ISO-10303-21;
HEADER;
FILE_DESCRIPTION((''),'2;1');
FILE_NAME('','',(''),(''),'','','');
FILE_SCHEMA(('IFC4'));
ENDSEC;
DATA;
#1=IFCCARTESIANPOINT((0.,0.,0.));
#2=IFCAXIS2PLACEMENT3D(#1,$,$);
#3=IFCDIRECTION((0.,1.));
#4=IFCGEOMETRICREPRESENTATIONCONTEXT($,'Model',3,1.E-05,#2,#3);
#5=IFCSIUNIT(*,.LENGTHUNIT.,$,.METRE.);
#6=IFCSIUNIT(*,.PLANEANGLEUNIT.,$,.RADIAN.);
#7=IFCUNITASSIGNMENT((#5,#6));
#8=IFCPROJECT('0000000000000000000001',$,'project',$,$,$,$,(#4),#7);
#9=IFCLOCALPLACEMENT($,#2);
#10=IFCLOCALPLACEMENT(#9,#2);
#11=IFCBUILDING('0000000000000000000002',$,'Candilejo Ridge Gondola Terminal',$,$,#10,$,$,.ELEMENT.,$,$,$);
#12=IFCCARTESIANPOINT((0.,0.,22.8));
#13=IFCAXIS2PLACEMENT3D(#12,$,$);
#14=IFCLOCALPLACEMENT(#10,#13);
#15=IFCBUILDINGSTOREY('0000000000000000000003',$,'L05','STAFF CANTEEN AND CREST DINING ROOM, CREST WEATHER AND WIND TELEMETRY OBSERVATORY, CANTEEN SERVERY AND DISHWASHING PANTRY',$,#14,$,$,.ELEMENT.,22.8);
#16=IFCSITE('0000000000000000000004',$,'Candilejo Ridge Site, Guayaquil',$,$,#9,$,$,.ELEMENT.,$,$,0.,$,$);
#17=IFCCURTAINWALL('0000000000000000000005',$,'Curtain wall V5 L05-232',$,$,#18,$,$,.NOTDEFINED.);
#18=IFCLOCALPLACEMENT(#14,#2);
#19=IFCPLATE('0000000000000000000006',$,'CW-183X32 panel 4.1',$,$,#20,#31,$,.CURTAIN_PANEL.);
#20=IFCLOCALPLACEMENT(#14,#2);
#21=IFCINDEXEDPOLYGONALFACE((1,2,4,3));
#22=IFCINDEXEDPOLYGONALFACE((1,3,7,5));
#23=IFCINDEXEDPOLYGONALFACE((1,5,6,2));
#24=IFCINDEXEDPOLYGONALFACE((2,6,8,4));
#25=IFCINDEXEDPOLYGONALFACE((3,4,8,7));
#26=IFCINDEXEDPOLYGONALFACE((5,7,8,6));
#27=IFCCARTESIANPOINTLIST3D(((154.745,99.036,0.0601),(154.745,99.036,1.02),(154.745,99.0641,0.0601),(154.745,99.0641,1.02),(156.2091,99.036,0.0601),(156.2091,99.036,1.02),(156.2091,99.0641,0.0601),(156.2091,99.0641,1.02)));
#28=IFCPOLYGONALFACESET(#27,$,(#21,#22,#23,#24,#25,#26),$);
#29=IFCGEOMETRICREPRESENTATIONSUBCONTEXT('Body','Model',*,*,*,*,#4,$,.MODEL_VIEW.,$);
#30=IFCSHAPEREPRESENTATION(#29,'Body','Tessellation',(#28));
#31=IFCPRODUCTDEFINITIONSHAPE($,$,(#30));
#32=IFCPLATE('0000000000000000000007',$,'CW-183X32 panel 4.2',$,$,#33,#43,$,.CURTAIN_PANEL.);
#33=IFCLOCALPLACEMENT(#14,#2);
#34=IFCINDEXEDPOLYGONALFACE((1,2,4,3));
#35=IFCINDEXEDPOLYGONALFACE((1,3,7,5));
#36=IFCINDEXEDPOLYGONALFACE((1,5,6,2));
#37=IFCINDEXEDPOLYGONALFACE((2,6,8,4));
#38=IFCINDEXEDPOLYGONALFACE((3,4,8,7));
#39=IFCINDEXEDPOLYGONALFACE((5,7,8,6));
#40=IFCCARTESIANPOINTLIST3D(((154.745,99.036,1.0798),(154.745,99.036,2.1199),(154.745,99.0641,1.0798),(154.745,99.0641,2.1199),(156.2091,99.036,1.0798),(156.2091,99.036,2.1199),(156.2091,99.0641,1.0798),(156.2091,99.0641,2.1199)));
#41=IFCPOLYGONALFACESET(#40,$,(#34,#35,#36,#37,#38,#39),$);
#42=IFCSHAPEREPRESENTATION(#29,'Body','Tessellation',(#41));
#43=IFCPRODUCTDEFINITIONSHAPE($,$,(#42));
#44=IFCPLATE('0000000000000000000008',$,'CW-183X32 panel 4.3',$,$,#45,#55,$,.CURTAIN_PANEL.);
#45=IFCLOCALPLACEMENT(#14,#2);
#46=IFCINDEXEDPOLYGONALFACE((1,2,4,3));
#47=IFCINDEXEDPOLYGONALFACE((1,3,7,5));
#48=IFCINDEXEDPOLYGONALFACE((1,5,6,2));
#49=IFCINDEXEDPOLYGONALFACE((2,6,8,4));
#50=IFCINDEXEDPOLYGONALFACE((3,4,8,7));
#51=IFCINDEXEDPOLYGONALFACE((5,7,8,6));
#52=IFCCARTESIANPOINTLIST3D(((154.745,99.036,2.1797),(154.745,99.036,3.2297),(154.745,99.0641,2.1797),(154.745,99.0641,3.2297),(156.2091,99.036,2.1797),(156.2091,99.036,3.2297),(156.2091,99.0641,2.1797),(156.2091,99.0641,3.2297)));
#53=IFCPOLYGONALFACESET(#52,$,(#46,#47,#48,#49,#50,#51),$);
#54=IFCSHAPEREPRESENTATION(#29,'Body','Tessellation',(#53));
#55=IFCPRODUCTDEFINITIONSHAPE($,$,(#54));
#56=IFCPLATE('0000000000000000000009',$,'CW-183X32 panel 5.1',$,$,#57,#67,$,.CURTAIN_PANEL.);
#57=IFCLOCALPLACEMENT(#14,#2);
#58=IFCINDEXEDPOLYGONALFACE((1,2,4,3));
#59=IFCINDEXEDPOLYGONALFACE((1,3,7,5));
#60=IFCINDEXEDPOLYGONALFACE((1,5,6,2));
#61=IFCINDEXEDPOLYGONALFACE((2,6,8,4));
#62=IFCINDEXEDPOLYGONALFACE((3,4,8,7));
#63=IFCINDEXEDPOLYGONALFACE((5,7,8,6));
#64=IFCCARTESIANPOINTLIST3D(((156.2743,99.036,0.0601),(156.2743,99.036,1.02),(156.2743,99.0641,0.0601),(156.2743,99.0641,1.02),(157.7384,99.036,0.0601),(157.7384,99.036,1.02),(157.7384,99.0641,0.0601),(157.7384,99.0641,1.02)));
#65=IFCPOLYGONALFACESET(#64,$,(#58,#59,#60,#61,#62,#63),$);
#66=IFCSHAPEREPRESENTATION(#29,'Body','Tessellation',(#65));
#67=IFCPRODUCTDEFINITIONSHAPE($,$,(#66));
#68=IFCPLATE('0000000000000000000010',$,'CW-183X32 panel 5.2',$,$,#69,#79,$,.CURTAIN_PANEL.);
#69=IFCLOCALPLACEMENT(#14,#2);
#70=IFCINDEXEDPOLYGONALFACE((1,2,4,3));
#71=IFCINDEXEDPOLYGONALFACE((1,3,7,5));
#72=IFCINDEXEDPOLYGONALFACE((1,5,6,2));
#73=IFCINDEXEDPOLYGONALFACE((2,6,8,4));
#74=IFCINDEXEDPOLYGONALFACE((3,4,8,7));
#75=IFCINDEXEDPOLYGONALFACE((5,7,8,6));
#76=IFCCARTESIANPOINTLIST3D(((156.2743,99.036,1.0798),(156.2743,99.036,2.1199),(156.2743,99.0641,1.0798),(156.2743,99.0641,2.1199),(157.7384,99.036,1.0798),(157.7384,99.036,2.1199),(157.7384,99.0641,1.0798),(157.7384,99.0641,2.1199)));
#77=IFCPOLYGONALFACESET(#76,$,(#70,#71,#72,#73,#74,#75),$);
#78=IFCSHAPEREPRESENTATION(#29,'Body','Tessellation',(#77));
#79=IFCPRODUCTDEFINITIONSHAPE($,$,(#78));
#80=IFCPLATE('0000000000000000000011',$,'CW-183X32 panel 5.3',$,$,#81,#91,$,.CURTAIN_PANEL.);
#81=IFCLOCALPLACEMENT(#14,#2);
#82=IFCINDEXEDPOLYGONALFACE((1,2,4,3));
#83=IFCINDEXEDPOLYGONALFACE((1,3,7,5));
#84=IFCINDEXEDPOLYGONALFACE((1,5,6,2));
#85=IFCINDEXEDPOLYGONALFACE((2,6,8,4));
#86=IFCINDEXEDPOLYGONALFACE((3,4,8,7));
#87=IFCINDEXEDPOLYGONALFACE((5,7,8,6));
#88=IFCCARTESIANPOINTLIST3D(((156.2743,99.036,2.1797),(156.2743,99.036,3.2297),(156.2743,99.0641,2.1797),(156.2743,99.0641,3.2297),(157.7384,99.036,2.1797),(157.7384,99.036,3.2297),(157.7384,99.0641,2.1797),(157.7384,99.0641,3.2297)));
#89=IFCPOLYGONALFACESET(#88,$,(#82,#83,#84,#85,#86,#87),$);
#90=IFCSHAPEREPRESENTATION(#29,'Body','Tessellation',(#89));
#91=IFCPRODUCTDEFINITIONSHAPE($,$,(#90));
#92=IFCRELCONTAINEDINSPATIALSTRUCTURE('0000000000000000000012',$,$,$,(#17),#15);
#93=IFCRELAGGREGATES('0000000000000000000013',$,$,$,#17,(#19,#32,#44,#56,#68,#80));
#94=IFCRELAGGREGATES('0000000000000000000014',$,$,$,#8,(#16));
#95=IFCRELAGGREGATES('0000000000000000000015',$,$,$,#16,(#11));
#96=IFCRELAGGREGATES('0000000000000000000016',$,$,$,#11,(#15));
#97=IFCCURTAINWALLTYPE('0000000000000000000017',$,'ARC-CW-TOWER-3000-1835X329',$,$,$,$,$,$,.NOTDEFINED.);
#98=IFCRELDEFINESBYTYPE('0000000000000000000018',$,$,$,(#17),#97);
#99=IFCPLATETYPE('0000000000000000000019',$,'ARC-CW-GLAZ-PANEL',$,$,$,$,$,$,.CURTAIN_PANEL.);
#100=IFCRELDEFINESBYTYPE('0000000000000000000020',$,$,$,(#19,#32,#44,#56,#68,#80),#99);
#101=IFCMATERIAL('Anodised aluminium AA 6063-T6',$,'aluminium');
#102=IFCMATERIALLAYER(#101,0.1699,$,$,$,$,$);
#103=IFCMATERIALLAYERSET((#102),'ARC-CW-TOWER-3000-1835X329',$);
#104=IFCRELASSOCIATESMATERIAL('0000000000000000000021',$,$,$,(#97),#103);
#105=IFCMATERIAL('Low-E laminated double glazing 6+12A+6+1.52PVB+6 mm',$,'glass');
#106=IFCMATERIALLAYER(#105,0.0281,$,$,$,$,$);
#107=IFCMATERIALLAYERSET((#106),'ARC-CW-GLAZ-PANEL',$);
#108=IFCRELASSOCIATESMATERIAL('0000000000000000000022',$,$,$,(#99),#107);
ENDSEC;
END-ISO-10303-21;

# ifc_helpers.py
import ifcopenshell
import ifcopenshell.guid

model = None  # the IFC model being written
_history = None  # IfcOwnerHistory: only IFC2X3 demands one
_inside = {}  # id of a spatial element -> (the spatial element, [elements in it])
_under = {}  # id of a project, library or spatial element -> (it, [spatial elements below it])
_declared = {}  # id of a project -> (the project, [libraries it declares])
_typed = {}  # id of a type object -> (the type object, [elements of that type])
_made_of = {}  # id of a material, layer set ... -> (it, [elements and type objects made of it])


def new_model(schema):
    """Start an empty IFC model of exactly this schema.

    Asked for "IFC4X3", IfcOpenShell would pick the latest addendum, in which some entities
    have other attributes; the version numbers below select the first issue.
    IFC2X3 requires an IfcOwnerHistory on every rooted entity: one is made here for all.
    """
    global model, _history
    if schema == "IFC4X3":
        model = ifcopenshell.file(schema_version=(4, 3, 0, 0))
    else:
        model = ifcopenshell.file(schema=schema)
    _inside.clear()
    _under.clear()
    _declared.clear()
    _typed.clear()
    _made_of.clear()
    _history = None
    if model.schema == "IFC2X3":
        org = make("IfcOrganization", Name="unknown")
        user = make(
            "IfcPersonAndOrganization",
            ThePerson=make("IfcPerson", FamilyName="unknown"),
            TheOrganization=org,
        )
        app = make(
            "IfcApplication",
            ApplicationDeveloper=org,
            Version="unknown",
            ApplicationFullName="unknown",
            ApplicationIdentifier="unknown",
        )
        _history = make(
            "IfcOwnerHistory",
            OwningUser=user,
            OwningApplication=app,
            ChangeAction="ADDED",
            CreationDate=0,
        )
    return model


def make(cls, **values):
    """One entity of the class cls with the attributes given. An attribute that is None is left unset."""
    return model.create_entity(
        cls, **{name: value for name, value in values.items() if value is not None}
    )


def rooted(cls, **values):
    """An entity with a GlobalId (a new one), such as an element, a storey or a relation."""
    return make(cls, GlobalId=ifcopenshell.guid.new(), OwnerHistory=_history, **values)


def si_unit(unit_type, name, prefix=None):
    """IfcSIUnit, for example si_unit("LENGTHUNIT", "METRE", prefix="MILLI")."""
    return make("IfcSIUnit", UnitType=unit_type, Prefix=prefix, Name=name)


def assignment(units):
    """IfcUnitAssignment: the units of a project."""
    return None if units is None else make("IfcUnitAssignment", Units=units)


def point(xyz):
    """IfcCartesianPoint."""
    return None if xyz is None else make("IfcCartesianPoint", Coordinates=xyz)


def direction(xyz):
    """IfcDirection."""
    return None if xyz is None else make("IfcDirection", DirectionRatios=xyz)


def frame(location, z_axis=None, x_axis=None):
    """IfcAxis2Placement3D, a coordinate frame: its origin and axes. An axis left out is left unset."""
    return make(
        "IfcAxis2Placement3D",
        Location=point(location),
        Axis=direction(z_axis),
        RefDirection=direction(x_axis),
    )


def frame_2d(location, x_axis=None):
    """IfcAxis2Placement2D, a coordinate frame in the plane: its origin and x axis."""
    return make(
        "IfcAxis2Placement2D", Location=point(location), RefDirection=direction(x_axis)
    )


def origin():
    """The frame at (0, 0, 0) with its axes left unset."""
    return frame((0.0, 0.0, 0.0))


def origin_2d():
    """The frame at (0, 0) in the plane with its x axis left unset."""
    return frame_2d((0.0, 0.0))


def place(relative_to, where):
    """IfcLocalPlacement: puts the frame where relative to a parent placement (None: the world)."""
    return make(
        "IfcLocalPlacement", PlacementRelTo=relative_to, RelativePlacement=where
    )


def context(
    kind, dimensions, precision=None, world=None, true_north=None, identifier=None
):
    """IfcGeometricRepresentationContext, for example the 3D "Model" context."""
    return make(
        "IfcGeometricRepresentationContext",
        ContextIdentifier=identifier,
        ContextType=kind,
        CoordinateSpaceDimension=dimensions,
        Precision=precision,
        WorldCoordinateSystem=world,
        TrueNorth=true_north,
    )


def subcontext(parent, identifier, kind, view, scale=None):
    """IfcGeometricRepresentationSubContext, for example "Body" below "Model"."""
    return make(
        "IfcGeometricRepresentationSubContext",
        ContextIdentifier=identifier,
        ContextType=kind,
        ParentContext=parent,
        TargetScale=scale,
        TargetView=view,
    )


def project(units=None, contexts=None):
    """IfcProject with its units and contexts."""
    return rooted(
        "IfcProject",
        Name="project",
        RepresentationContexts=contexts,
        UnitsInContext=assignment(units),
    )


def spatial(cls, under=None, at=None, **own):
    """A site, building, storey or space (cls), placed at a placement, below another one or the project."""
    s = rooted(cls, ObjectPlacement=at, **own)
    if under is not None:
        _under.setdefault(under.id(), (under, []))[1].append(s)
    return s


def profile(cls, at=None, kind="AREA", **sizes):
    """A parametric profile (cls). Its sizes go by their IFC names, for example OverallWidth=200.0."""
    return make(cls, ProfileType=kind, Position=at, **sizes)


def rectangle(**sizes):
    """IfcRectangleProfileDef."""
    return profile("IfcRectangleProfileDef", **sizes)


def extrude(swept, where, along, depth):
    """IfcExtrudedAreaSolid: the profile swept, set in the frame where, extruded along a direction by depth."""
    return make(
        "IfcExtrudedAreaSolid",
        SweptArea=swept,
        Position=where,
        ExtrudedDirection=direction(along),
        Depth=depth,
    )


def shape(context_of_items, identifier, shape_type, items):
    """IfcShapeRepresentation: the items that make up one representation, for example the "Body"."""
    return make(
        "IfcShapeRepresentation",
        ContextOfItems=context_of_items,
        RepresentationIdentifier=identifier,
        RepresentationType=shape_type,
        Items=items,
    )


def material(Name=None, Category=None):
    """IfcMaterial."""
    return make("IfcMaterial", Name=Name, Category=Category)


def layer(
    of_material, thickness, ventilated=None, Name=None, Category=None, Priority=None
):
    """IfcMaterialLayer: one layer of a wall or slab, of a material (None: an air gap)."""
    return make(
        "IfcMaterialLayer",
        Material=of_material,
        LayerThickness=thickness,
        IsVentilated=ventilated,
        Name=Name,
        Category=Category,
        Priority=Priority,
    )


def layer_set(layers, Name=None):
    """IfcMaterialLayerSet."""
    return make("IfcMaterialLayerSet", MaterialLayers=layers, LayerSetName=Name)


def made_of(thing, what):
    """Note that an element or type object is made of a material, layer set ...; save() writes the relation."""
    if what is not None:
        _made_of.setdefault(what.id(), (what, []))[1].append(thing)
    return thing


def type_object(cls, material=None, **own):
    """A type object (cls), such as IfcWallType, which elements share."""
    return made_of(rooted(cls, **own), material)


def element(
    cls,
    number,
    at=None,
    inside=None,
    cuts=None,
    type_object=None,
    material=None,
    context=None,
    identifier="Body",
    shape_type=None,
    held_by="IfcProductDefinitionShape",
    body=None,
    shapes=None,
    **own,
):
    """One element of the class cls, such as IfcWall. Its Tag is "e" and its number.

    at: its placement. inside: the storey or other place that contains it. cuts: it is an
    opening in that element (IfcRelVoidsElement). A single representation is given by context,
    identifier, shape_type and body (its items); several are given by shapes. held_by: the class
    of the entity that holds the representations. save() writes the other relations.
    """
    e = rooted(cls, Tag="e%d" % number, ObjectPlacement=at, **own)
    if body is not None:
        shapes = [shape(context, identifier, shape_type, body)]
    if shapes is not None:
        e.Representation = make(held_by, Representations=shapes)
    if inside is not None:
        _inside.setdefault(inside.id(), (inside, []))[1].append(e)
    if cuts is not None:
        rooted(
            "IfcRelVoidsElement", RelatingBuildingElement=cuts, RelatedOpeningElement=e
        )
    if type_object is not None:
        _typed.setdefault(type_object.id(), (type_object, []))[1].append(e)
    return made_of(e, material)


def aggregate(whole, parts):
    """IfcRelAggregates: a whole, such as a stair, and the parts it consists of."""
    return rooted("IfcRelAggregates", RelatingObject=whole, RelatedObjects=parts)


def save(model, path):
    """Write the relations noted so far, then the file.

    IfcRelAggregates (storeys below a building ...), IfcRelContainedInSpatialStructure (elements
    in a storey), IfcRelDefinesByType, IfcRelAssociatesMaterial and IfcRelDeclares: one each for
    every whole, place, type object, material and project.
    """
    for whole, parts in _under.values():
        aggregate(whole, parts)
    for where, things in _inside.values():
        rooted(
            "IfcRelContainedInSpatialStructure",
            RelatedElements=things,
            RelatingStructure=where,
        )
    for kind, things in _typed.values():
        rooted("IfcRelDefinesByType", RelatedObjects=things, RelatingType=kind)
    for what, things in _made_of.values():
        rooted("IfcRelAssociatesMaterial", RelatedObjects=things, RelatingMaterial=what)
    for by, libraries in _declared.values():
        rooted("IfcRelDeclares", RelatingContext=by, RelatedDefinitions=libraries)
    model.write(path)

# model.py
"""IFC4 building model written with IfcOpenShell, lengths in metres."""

from ifc_helpers import new_model, si_unit, direction, frame, origin, origin_2d, place, context, subcontext, project, spatial, rectangle, extrude, material, layer, layer_set, type_object, element, aggregate, save


model = new_model("IFC4")

# Units and contexts
model_context = context("Model", 3, precision=1e-05, world=origin(), true_north=direction((0.0, 1.0)))
body_context = subcontext(model_context, "Body", "Model", "MODEL_VIEW")
ifc_project = project(units=[si_unit("LENGTHUNIT", "METRE"), si_unit("PLANEANGLEUNIT", "RADIAN")], contexts=[model_context])

# Site, building, storey
site_placement = place(None, origin())
site = spatial("IfcSite", under=ifc_project, at=site_placement, Name="Candilejo Ridge Site, Guayaquil", CompositionType="ELEMENT", RefElevation=0.0)
building_placement = place(site_placement, origin())
building = spatial("IfcBuilding", under=site, at=building_placement, Name="Candilejo Ridge Gondola Terminal", CompositionType="ELEMENT")
storey_placement = place(building_placement, frame((0.0, 0.0, 22.8)))
storey = spatial("IfcBuildingStorey", under=building, at=storey_placement, Name="L05", Description="STAFF CANTEEN AND CREST DINING ROOM, CREST WEATHER AND WIND TELEMETRY OBSERVATORY, CANTEEN SERVERY AND DISHWASHING PANTRY", CompositionType="ELEMENT", Elevation=22.8)

# Curtain wall, plates
ifc_material_1 = material(Name="Anodised aluminium AA 6063-T6", Category="aluminium")
ifc_layer_1 = layer(ifc_material_1, 0.1699)
ifc_layer_set_1 = layer_set([ifc_layer_1], Name="ARC-CW-TOWER-3000-1835X329")
curtain_wall_type = type_object("IfcCurtainWallType", Name="ARC-CW-TOWER-3000-1835X329", PredefinedType="NOTDEFINED", material=ifc_layer_set_1)
curtain_wall_placement = place(storey_placement, origin())
curtain_wall = element("IfcCurtainWall", 1, at=curtain_wall_placement, inside=storey, type_object=curtain_wall_type, Name="Curtain wall V5 L05-232", PredefinedType="NOTDEFINED")
ifc_material_2 = material(Name="Low-E laminated double glazing 6+12A+6+1.52PVB+6 mm", Category="glass")
ifc_layer_2 = layer(ifc_material_2, 0.0281)
ifc_layer_set_2 = layer_set([ifc_layer_2], Name="ARC-CW-GLAZ-PANEL")
plate_type = type_object("IfcPlateType", Name="ARC-CW-GLAZ-PANEL", PredefinedType="CURTAIN_PANEL", material=ifc_layer_set_2)
plate_1_placement = place(storey_placement, frame((155.4771, 99.05, 0.0601), z_axis=(0.0, 0.0, 1.0), x_axis=(1.0, 0.0, 0.0)))
plate_1 = element("IfcPlate", 2, at=plate_1_placement, type_object=plate_type, Name="CW-183X32 panel 4.1", PredefinedType="CURTAIN_PANEL", context=body_context, shape_type="SweptSolid", body=[
    extrude(rectangle(XDim=1.4641, YDim=0.0281, at=origin_2d()), origin(), (0.0, 0.0, 1.0), 0.96),
])
plate_2_placement = place(storey_placement, frame((155.4771, 99.05, 1.0798), z_axis=(0.0, 0.0, 1.0), x_axis=(1.0, 0.0, 0.0)))
plate_2 = element("IfcPlate", 3, at=plate_2_placement, type_object=plate_type, Name="CW-183X32 panel 4.2", PredefinedType="CURTAIN_PANEL", context=body_context, shape_type="SweptSolid", body=[
    extrude(rectangle(XDim=1.4641, YDim=0.0281, at=origin_2d()), origin(), (0.0, 0.0, 1.0), 1.04),
])
plate_3_placement = place(storey_placement, frame((155.4771, 99.05, 2.1797), z_axis=(0.0, 0.0, 1.0), x_axis=(1.0, 0.0, 0.0)))
plate_3 = element("IfcPlate", 4, at=plate_3_placement, type_object=plate_type, Name="CW-183X32 panel 4.3", PredefinedType="CURTAIN_PANEL", context=body_context, shape_type="SweptSolid", body=[
    extrude(rectangle(XDim=1.4641, YDim=0.0281, at=origin_2d()), origin(), (0.0, 0.0, 1.0), 1.05),
])
plate_4_placement = place(storey_placement, frame((157.0063, 99.05, 0.0601), z_axis=(0.0, 0.0, 1.0), x_axis=(1.0, 0.0, 0.0)))
plate_4 = element("IfcPlate", 5, at=plate_4_placement, type_object=plate_type, Name="CW-183X32 panel 5.1", PredefinedType="CURTAIN_PANEL", context=body_context, shape_type="SweptSolid", body=[
    extrude(rectangle(XDim=1.4641, YDim=0.0281, at=origin_2d()), origin(), (0.0, 0.0, 1.0), 0.96),
])
plate_5_placement = place(storey_placement, frame((157.0063, 99.05, 1.0798), z_axis=(0.0, 0.0, 1.0), x_axis=(1.0, 0.0, 0.0)))
plate_5 = element("IfcPlate", 6, at=plate_5_placement, type_object=plate_type, Name="CW-183X32 panel 5.2", PredefinedType="CURTAIN_PANEL", context=body_context, shape_type="SweptSolid", body=[
    extrude(rectangle(XDim=1.4641, YDim=0.0281, at=origin_2d()), origin(), (0.0, 0.0, 1.0), 1.04),
])
plate_6_placement = place(storey_placement, frame((157.0063, 99.05, 2.1797), z_axis=(0.0, 0.0, 1.0), x_axis=(1.0, 0.0, 0.0)))
plate_6 = element("IfcPlate", 7, at=plate_6_placement, type_object=plate_type, Name="CW-183X32 panel 5.3", PredefinedType="CURTAIN_PANEL", context=body_context, shape_type="SweptSolid", body=[
    extrude(rectangle(XDim=1.4641, YDim=0.0281, at=origin_2d()), origin(), (0.0, 0.0, 1.0), 1.05),
])
aggregate(curtain_wall, [plate_1, plate_2, plate_3, plate_4, plate_5, plate_6])

save(model, "model.ifc")
